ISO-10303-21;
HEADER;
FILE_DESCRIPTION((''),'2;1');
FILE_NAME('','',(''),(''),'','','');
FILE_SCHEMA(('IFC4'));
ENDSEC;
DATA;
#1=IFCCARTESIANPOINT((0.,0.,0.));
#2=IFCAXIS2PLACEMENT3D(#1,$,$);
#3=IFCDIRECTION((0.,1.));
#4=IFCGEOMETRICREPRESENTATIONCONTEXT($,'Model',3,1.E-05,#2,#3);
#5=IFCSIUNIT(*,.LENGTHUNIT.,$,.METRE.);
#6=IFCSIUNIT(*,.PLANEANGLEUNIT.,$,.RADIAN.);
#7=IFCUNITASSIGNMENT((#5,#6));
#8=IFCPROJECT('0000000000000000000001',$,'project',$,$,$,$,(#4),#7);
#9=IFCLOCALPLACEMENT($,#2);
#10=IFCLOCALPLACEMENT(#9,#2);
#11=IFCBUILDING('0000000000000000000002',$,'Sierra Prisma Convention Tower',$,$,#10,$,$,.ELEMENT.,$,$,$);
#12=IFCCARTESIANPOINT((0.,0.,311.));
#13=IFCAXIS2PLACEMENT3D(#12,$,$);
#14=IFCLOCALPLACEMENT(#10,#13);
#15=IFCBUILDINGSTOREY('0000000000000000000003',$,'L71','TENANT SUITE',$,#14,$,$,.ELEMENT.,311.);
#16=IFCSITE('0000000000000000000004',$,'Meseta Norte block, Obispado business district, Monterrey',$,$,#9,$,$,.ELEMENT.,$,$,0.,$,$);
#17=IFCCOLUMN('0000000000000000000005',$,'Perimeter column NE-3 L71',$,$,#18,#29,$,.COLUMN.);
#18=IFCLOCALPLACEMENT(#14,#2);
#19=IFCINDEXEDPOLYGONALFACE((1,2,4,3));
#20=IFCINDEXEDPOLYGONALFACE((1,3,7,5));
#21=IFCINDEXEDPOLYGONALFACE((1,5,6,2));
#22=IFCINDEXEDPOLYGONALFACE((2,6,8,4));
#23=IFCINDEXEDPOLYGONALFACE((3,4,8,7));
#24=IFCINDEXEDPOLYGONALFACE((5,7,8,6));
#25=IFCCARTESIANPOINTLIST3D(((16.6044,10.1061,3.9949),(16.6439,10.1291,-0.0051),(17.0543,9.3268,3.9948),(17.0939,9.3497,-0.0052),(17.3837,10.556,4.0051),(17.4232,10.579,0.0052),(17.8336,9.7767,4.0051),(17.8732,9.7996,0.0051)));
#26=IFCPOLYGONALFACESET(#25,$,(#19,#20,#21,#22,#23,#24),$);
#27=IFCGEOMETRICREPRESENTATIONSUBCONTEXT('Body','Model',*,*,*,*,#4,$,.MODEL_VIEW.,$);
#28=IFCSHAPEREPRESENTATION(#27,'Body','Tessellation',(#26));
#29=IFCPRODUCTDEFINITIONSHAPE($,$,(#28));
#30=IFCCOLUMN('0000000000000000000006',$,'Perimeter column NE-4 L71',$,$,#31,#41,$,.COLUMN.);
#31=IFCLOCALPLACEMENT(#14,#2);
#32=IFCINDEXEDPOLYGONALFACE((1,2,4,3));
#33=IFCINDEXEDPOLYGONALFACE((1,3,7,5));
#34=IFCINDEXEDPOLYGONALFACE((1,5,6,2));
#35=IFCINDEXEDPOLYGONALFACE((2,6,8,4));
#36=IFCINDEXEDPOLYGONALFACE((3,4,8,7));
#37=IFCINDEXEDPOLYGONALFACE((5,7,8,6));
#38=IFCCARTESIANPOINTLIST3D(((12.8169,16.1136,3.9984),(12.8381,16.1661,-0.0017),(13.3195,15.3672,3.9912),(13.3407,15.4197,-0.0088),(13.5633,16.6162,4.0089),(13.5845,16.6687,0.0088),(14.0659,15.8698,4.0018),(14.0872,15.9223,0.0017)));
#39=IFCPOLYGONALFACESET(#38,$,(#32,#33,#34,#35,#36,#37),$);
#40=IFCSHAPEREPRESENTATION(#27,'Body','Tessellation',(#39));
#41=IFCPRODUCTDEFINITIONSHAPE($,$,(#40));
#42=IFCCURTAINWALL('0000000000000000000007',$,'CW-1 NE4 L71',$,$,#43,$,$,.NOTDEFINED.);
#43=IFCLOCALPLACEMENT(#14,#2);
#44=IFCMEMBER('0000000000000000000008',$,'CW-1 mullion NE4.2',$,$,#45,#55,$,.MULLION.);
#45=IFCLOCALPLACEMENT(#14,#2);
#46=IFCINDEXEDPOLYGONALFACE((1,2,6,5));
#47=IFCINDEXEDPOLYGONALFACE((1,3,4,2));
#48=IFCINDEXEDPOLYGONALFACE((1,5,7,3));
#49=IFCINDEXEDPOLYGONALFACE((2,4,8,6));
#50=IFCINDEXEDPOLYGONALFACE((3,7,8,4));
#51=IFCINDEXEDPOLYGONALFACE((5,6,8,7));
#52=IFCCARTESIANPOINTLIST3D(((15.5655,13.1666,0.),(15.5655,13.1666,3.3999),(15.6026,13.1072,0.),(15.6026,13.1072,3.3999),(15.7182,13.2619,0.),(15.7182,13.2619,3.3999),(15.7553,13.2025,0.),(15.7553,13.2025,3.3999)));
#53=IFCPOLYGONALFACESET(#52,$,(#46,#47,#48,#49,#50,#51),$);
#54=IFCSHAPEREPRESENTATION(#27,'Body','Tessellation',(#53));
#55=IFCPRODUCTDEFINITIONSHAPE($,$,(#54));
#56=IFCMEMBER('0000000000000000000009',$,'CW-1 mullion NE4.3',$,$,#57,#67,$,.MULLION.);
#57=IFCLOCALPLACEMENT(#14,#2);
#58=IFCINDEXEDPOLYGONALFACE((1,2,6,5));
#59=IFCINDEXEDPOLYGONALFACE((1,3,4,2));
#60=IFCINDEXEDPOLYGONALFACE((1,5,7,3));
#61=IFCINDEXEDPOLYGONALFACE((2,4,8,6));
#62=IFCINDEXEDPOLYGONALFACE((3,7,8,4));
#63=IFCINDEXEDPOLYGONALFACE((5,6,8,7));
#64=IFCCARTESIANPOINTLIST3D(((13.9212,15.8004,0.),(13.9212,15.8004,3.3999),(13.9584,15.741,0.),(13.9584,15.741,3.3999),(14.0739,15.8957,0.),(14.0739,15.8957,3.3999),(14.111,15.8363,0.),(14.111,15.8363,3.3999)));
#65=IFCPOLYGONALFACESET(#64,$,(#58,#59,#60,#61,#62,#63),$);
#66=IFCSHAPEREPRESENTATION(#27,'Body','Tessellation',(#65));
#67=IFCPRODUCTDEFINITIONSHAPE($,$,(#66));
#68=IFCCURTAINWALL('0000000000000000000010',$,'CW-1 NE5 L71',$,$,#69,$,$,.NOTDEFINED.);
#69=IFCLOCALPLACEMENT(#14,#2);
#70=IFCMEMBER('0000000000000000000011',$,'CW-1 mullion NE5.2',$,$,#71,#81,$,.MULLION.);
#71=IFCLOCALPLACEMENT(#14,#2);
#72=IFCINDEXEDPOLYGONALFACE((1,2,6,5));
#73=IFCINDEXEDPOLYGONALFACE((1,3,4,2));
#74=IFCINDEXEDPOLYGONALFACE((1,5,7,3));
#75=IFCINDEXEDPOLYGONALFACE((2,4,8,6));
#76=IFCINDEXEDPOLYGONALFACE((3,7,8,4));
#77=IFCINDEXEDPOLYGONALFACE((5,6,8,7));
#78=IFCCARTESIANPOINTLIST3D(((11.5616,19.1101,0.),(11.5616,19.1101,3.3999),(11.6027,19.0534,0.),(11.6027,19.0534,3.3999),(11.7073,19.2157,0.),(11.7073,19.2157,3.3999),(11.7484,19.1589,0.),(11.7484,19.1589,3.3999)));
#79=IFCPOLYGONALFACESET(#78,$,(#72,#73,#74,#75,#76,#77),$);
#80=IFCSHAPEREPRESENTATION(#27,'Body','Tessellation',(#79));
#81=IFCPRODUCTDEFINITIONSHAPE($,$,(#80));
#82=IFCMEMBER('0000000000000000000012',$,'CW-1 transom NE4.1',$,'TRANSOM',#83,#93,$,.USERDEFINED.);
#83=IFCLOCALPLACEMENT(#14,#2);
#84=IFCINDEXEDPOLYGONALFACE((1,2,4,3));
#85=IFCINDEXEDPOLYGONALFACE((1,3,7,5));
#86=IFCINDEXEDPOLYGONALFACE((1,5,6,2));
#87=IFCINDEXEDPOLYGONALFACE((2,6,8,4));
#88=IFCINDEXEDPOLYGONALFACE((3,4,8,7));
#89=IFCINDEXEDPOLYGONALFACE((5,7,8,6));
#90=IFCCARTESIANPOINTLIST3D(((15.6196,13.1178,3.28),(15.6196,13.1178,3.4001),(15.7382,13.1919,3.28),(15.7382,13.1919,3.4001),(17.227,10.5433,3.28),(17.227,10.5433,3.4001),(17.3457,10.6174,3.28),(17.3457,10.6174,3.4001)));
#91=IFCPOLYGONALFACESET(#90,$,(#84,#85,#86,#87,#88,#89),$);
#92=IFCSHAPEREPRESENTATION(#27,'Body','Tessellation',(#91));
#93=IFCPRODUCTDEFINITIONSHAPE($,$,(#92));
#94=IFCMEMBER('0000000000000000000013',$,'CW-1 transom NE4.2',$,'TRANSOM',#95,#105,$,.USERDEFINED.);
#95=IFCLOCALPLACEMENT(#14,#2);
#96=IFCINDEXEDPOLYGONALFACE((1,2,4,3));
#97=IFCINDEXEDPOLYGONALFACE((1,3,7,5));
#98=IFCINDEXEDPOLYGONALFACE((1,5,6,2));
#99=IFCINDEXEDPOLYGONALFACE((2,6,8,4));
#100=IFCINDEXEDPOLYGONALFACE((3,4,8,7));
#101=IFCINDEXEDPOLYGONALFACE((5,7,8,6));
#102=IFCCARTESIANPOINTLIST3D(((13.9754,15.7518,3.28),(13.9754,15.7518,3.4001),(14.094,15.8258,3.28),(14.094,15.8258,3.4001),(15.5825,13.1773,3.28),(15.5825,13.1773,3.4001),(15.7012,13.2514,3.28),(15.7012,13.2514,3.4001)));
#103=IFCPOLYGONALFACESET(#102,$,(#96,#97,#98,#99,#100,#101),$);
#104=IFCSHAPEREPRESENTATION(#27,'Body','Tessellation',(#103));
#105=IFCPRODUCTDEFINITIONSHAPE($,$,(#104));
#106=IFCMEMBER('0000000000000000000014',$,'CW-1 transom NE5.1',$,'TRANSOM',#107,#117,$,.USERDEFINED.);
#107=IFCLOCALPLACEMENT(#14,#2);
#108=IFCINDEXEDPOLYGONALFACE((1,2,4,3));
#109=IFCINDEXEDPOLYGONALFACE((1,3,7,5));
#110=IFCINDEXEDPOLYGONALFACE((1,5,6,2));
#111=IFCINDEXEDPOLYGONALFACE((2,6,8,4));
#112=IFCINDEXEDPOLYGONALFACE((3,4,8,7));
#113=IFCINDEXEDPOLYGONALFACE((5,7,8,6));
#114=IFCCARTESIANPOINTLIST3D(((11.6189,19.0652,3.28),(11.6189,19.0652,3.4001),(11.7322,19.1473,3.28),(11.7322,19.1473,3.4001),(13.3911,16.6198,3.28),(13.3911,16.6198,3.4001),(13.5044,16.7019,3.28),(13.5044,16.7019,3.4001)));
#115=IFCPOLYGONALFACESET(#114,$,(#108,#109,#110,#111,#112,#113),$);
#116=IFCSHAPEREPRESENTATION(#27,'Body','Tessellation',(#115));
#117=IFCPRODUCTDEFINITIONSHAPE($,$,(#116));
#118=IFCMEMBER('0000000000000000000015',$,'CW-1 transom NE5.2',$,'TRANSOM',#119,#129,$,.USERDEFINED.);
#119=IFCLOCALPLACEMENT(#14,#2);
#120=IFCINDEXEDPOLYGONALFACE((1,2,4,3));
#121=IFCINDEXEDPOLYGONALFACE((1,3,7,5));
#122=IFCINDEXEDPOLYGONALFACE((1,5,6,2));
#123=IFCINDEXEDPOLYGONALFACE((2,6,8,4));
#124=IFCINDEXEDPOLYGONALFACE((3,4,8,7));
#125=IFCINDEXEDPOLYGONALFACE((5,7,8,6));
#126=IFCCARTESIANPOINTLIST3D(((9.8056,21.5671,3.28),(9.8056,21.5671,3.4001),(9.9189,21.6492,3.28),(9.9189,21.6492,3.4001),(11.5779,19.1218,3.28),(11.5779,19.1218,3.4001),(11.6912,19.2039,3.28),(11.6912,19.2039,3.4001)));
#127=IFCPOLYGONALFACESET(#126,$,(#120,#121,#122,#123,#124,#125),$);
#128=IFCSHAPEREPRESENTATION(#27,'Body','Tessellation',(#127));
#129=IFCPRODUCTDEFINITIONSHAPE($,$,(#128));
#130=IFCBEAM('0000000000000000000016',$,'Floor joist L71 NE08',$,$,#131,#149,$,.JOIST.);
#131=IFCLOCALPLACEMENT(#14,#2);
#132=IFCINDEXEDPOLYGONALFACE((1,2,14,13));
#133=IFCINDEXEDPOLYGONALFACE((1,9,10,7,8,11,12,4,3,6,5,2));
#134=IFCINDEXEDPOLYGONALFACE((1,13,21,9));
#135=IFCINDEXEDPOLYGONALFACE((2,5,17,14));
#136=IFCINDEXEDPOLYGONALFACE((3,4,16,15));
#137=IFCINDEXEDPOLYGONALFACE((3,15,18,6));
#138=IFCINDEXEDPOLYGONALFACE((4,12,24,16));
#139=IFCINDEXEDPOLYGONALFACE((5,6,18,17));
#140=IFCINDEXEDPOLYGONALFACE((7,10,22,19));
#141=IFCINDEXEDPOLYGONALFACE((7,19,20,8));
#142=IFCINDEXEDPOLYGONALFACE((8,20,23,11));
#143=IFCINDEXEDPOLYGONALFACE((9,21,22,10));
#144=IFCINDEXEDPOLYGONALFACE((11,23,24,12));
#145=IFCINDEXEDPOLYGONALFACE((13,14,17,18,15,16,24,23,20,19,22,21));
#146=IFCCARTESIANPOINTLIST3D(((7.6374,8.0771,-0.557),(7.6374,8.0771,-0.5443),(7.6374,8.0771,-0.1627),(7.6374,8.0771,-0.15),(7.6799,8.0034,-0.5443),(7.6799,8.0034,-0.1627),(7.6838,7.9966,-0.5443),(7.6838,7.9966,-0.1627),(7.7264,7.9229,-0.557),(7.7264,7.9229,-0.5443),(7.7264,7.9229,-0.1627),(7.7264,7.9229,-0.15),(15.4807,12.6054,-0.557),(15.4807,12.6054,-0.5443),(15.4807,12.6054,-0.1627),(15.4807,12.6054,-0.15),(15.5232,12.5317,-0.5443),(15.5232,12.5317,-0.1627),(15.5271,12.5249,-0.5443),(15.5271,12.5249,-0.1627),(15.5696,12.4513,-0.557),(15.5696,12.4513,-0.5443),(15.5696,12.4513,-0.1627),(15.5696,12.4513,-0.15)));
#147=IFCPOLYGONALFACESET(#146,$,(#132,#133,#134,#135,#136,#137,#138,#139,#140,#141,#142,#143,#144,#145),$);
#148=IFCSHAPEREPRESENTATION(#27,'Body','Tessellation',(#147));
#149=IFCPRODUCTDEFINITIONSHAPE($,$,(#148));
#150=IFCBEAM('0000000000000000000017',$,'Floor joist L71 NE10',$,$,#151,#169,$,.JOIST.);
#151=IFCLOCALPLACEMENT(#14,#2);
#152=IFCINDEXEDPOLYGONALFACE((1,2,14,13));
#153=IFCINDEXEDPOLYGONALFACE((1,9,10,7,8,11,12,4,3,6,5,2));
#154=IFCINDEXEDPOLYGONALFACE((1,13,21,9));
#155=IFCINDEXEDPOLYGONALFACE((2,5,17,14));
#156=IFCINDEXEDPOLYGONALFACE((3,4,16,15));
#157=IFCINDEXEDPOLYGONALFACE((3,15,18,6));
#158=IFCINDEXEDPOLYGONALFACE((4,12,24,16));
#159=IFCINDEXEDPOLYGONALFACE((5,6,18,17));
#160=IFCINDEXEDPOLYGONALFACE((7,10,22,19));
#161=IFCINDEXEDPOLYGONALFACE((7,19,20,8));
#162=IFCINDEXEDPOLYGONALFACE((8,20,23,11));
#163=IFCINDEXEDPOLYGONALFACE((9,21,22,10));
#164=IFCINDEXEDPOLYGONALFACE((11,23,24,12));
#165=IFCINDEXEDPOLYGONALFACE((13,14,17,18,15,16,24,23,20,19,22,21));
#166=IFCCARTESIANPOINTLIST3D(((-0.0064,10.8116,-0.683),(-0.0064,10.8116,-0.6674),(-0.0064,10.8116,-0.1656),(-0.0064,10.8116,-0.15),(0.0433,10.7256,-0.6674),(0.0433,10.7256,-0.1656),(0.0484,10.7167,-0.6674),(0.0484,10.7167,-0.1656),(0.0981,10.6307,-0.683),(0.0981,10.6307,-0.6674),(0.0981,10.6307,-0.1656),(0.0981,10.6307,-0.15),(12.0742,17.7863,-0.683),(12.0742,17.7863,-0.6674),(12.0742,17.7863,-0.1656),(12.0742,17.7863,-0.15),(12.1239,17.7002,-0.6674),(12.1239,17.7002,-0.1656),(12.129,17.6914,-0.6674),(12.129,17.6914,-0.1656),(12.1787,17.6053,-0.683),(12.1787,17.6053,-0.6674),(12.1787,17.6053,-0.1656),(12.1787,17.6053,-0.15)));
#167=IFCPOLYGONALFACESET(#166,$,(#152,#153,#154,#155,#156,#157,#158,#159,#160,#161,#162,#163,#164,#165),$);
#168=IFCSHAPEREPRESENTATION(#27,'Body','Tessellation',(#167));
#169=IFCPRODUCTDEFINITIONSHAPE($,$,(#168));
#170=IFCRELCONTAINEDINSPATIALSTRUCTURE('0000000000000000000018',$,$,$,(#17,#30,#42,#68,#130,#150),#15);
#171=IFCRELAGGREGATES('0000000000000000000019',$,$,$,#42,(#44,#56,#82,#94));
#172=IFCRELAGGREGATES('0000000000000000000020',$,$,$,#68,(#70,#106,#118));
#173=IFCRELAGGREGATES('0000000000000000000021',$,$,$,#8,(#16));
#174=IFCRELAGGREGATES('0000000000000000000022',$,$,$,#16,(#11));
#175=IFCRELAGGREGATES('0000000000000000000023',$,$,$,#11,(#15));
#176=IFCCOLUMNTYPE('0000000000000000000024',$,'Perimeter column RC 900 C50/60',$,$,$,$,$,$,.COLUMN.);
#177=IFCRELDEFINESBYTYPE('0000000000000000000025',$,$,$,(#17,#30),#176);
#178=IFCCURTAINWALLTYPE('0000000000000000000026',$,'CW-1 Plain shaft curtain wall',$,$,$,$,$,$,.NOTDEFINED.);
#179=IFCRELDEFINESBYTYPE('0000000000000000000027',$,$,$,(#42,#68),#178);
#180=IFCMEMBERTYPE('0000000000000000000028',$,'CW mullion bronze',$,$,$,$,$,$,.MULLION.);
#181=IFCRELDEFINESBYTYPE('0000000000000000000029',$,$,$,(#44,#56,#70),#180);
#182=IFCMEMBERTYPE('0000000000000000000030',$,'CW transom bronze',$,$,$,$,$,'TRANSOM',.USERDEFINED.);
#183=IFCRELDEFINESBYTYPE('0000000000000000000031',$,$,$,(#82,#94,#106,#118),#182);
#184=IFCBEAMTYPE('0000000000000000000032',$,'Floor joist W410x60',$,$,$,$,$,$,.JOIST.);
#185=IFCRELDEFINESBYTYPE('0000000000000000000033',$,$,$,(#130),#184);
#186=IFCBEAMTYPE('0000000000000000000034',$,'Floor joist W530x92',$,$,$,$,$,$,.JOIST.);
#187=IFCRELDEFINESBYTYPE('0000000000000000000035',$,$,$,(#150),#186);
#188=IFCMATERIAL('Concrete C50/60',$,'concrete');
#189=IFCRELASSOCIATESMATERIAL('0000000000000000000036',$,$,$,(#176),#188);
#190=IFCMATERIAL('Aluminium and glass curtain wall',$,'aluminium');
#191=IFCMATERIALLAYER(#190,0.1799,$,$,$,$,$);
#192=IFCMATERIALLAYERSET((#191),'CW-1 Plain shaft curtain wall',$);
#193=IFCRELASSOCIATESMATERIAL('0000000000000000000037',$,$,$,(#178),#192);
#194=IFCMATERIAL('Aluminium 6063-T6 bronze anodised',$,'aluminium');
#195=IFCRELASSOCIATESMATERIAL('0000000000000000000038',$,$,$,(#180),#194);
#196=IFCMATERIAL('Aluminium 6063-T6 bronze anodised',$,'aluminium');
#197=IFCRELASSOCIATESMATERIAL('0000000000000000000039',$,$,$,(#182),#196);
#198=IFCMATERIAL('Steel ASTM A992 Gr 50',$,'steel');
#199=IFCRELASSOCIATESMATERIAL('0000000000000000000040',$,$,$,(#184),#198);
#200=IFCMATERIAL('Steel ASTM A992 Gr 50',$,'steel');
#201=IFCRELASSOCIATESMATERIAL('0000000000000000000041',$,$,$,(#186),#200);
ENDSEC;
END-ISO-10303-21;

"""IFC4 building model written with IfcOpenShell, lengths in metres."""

from ifc_helpers import new_model, si_unit, direction, frame, origin, origin_2d, place, context, subcontext, project, spatial, rectangle, i_section, extrude, material, layer, layer_set, material_profile, profile_set, type_object, element, aggregate, save


model = new_model("IFC4")

# Units and contexts
model_context = context("Model", 3, precision=1e-05, world=origin(), true_north=direction((0.0, 1.0)))
body_context = subcontext(model_context, "Body", "Model", "MODEL_VIEW")
ifc_project = project(units=[si_unit("LENGTHUNIT", "METRE"), si_unit("PLANEANGLEUNIT", "RADIAN")], contexts=[model_context])

# Site, building, storey
site_placement = place(None, origin())
site = spatial("IfcSite", under=ifc_project, at=site_placement, Name="Meseta Norte block, Obispado business district, Monterrey", CompositionType="ELEMENT", RefElevation=0.0)
building_placement = place(site_placement, origin())
building = spatial("IfcBuilding", under=site, at=building_placement, Name="Sierra Prisma Convention Tower", CompositionType="ELEMENT")
storey_placement = place(building_placement, frame((0.0, 0.0, 311.0)))
storey = spatial("IfcBuildingStorey", under=building, at=storey_placement, Name="L71", Description="TENANT SUITE", CompositionType="ELEMENT", Elevation=311.0)

# Columns
ifc_material_1 = material(Name="Concrete C50/60", Category="concrete")
ifc_material_profile_1 = material_profile(ifc_material_1, rectangle(XDim=0.8999, YDim=0.8999, at=origin_2d()), Name="Perimeter column RC 900 C50/60")
ifc_profile_set_1 = profile_set([ifc_material_profile_1], Name="Concrete C50/60")
column_type = type_object("IfcColumnType", Name="Perimeter column RC 900 C50/60", PredefinedType="COLUMN", material=ifc_profile_set_1)
column_1_placement = place(storey_placement, frame((17.2585, 9.9644, 0.0), z_axis=(-0.009887, -0.005737, 0.999935), x_axis=(-0.499976, 0.86604, 0.000025)))
element("IfcColumn", 1, at=column_1_placement, inside=storey, type_object=column_type, Name="Perimeter column NE-3 L71", PredefinedType="COLUMN", context=body_context, shape_type="SweptSolid", body=[
    extrude(rectangle(XDim=0.8999, YDim=0.8999, at=origin_2d()), origin(), (0.0, 0.0, 1.0), 4.0002),
])
column_2_placement = place(storey_placement, frame((13.4626, 16.0442, 0.0), z_axis=(-0.00531, -0.013121, 0.9999), x_axis=(-0.55854, 0.82944, 0.007918)))
element("IfcColumn", 2, at=column_2_placement, inside=storey, type_object=column_type, Name="Perimeter column NE-4 L71", PredefinedType="COLUMN", context=body_context, shape_type="SweptSolid", body=[
    extrude(rectangle(XDim=0.8999, YDim=0.8999, at=origin_2d()), origin(), (0.0, 0.0, 1.0), 4.0005),
])

# Curtain wall, members
ifc_material_2 = material(Name="Aluminium and glass curtain wall", Category="aluminium")
ifc_layer_1 = layer(ifc_material_2, 0.1799)
ifc_layer_set_1 = layer_set([ifc_layer_1], Name="CW-1 Plain shaft curtain wall")
curtain_wall_type = type_object("IfcCurtainWallType", Name="CW-1 Plain shaft curtain wall", PredefinedType="NOTDEFINED", material=ifc_layer_set_1)
curtain_wall_1_placement = place(storey_placement, origin())
curtain_wall_1 = element("IfcCurtainWall", 3, at=curtain_wall_1_placement, inside=storey, type_object=curtain_wall_type, Name="CW-1 NE4 L71", PredefinedType="NOTDEFINED")
ifc_material_3 = material(Name="Aluminium 6063-T6 bronze anodised", Category="aluminium")
ifc_material_profile_2 = material_profile(ifc_material_3, rectangle(XDim=0.1799, YDim=0.0701, at=origin_2d()), Name="ALU MULLION 70x180")
ifc_profile_set_2 = profile_set([ifc_material_profile_2], Name="Aluminium 6063-T6 bronze anodised")
member_type_1 = type_object("IfcMemberType", Name="CW mullion bronze", PredefinedType="MULLION", material=ifc_profile_set_2)
member_1_placement = place(storey_placement, frame((15.6604, 13.1846, 0.0), z_axis=(0.0, 0.0, 1.0), x_axis=(-0.848254, -0.529589, 0.0)))
member_1 = element("IfcMember", 4, at=member_1_placement, type_object=member_type_1, Name="CW-1 mullion NE4.2", PredefinedType="MULLION", context=body_context, shape_type="SweptSolid", body=[
    extrude(rectangle(XDim=0.1799, YDim=0.0701, at=origin_2d()), origin(), (0.0, 0.0, 1.0), 3.3999),
])
member_2_placement = place(storey_placement, frame((14.0161, 15.8184, 0.0), z_axis=(0.0, 0.0, 1.0), x_axis=(-0.848254, -0.529589, 0.0)))
member_2 = element("IfcMember", 5, at=member_2_placement, type_object=member_type_1, Name="CW-1 mullion NE4.3", PredefinedType="MULLION", context=body_context, shape_type="SweptSolid", body=[
    extrude(rectangle(XDim=0.1799, YDim=0.0701, at=origin_2d()), origin(), (0.0, 0.0, 1.0), 3.3999),
])

# Curtain wall, member
curtain_wall_2_placement = place(storey_placement, origin())
curtain_wall_2 = element("IfcCurtainWall", 6, at=curtain_wall_2_placement, inside=storey, type_object=curtain_wall_type, Name="CW-1 NE5 L71", PredefinedType="NOTDEFINED")
member_3_placement = place(storey_placement, frame((11.655, 19.1345, 0.0), z_axis=(0.0, 0.0, 1.0), x_axis=(-0.809702, -0.586841, 0.0)))
member_3 = element("IfcMember", 7, at=member_3_placement, type_object=member_type_1, Name="CW-1 mullion NE5.2", PredefinedType="MULLION", context=body_context, shape_type="SweptSolid", body=[
    extrude(rectangle(XDim=0.1799, YDim=0.0701, at=origin_2d()), origin(), (0.0, 0.0, 1.0), 3.3999),
])

# Members
ifc_material_4 = material(Name="Aluminium 6063-T6 bronze anodised", Category="aluminium")
ifc_material_profile_3 = material_profile(ifc_material_4, rectangle(XDim=0.1399, YDim=0.1201, at=origin_2d()), Name="ALU TRANSOM 120x140")
ifc_profile_set_3 = profile_set([ifc_material_profile_3], Name="Aluminium 6063-T6 bronze anodised")
member_type_2 = type_object("IfcMemberType", Name="CW transom bronze", ElementType="TRANSOM", PredefinedType="USERDEFINED", material=ifc_profile_set_3)
member_4_placement = place(storey_placement, frame((17.2864, 10.5803, 3.3401), z_axis=(-0.529616, 0.848238, 0.0), x_axis=(-0.848238, -0.529616, 0.0)))
member_4 = element("IfcMember", 8, at=member_4_placement, type_object=member_type_2, Name="CW-1 transom NE4.1", ObjectType="TRANSOM", PredefinedType="USERDEFINED", context=body_context, shape_type="SweptSolid", body=[
    extrude(rectangle(XDim=0.1399, YDim=0.1201, at=origin_2d()), origin(), (0.0, 0.0, 1.0), 3.0352),
])
member_5_placement = place(storey_placement, frame((15.6418, 13.2144, 3.3401), z_axis=(-0.529558, 0.848274, 0.0), x_axis=(-0.848274, -0.529558, 0.0)))
member_5 = element("IfcMember", 9, at=member_5_placement, type_object=member_type_2, Name="CW-1 transom NE4.2", ObjectType="TRANSOM", PredefinedType="USERDEFINED", context=body_context, shape_type="SweptSolid", body=[
    extrude(rectangle(XDim=0.1399, YDim=0.1201, at=origin_2d()), origin(), (0.0, 0.0, 1.0), 3.0349),
])
member_6_placement = place(storey_placement, frame((13.4478, 16.6609, 3.3401), z_axis=(-0.58683, 0.80971, 0.0), x_axis=(-0.80971, -0.58683, 0.0)))
member_6 = element("IfcMember", 10, at=member_6_placement, type_object=member_type_2, Name="CW-1 transom NE5.1", ObjectType="TRANSOM", PredefinedType="USERDEFINED", context=body_context, shape_type="SweptSolid", body=[
    extrude(rectangle(XDim=0.1399, YDim=0.1201, at=origin_2d()), origin(), (0.0, 0.0, 1.0), 3.02),
])
member_7_placement = place(storey_placement, frame((11.6345, 19.1628, 3.3401), z_axis=(-0.58683, 0.80971, 0.0), x_axis=(-0.80971, -0.58683, 0.0)))
member_7 = element("IfcMember", 11, at=member_7_placement, type_object=member_type_2, Name="CW-1 transom NE5.2", ObjectType="TRANSOM", PredefinedType="USERDEFINED", context=body_context, shape_type="SweptSolid", body=[
    extrude(rectangle(XDim=0.1399, YDim=0.1201, at=origin_2d()), origin(), (0.0, 0.0, 1.0), 3.02),
])

# Beams
ifc_material_5 = material(Name="Steel ASTM A992 Gr 50", Category="steel")
ifc_material_profile_4 = material_profile(ifc_material_5, i_section(OverallWidth=0.178, OverallDepth=0.407, WebThickness=0.0078, FlangeThickness=0.0127, at=origin_2d()), Name="W410x60")
ifc_profile_set_4 = profile_set([ifc_material_profile_4], Name="Steel ASTM A992 Gr 50")
beam_type_1 = type_object("IfcBeamType", Name="Floor joist W410x60", PredefinedType="JOIST", material=ifc_profile_set_4)
beam_1_placement = place(storey_placement, frame((15.5251, 12.5283, -0.3535), z_axis=(-0.866025, -0.500001, 0.0), x_axis=(0.500001, -0.866025, 0.0)))
element("IfcBeam", 12, at=beam_1_placement, inside=storey, type_object=beam_type_1, Name="Floor joist L71 NE08", PredefinedType="JOIST", context=body_context, shape_type="SweptSolid", body=[
    extrude(i_section(OverallWidth=0.178, OverallDepth=0.407, WebThickness=0.0078, FlangeThickness=0.0127, at=origin_2d()), origin(), (0.0, 0.0, 1.0), 9.0566),
])
ifc_material_6 = material(Name="Steel ASTM A992 Gr 50", Category="steel")
ifc_material_profile_5 = material_profile(ifc_material_6, i_section(OverallWidth=0.209, OverallDepth=0.533, WebThickness=0.0103, FlangeThickness=0.0156, at=origin_2d()), Name="W530x92")
ifc_profile_set_5 = profile_set([ifc_material_profile_5], Name="Steel ASTM A992 Gr 50")
beam_type_2 = type_object("IfcBeamType", Name="Floor joist W530x92", PredefinedType="JOIST", material=ifc_profile_set_5)
beam_2_placement = place(storey_placement, frame((12.1265, 17.6958, -0.4165), z_axis=(-0.866029, -0.499994, 0.0), x_axis=(0.499994, -0.866029, 0.0)))
element("IfcBeam", 13, at=beam_2_placement, inside=storey, type_object=beam_type_2, Name="Floor joist L71 NE10", PredefinedType="JOIST", context=body_context, shape_type="SweptSolid", body=[
    extrude(i_section(OverallWidth=0.209, OverallDepth=0.533, WebThickness=0.0103, FlangeThickness=0.0156, at=origin_2d()), origin(), (0.0, 0.0, 1.0), 13.9495),
])

aggregate(curtain_wall_1, [member_1, member_2, member_4, member_5])
aggregate(curtain_wall_2, [member_3, member_6, member_7])

save(model, "model.ifc")
